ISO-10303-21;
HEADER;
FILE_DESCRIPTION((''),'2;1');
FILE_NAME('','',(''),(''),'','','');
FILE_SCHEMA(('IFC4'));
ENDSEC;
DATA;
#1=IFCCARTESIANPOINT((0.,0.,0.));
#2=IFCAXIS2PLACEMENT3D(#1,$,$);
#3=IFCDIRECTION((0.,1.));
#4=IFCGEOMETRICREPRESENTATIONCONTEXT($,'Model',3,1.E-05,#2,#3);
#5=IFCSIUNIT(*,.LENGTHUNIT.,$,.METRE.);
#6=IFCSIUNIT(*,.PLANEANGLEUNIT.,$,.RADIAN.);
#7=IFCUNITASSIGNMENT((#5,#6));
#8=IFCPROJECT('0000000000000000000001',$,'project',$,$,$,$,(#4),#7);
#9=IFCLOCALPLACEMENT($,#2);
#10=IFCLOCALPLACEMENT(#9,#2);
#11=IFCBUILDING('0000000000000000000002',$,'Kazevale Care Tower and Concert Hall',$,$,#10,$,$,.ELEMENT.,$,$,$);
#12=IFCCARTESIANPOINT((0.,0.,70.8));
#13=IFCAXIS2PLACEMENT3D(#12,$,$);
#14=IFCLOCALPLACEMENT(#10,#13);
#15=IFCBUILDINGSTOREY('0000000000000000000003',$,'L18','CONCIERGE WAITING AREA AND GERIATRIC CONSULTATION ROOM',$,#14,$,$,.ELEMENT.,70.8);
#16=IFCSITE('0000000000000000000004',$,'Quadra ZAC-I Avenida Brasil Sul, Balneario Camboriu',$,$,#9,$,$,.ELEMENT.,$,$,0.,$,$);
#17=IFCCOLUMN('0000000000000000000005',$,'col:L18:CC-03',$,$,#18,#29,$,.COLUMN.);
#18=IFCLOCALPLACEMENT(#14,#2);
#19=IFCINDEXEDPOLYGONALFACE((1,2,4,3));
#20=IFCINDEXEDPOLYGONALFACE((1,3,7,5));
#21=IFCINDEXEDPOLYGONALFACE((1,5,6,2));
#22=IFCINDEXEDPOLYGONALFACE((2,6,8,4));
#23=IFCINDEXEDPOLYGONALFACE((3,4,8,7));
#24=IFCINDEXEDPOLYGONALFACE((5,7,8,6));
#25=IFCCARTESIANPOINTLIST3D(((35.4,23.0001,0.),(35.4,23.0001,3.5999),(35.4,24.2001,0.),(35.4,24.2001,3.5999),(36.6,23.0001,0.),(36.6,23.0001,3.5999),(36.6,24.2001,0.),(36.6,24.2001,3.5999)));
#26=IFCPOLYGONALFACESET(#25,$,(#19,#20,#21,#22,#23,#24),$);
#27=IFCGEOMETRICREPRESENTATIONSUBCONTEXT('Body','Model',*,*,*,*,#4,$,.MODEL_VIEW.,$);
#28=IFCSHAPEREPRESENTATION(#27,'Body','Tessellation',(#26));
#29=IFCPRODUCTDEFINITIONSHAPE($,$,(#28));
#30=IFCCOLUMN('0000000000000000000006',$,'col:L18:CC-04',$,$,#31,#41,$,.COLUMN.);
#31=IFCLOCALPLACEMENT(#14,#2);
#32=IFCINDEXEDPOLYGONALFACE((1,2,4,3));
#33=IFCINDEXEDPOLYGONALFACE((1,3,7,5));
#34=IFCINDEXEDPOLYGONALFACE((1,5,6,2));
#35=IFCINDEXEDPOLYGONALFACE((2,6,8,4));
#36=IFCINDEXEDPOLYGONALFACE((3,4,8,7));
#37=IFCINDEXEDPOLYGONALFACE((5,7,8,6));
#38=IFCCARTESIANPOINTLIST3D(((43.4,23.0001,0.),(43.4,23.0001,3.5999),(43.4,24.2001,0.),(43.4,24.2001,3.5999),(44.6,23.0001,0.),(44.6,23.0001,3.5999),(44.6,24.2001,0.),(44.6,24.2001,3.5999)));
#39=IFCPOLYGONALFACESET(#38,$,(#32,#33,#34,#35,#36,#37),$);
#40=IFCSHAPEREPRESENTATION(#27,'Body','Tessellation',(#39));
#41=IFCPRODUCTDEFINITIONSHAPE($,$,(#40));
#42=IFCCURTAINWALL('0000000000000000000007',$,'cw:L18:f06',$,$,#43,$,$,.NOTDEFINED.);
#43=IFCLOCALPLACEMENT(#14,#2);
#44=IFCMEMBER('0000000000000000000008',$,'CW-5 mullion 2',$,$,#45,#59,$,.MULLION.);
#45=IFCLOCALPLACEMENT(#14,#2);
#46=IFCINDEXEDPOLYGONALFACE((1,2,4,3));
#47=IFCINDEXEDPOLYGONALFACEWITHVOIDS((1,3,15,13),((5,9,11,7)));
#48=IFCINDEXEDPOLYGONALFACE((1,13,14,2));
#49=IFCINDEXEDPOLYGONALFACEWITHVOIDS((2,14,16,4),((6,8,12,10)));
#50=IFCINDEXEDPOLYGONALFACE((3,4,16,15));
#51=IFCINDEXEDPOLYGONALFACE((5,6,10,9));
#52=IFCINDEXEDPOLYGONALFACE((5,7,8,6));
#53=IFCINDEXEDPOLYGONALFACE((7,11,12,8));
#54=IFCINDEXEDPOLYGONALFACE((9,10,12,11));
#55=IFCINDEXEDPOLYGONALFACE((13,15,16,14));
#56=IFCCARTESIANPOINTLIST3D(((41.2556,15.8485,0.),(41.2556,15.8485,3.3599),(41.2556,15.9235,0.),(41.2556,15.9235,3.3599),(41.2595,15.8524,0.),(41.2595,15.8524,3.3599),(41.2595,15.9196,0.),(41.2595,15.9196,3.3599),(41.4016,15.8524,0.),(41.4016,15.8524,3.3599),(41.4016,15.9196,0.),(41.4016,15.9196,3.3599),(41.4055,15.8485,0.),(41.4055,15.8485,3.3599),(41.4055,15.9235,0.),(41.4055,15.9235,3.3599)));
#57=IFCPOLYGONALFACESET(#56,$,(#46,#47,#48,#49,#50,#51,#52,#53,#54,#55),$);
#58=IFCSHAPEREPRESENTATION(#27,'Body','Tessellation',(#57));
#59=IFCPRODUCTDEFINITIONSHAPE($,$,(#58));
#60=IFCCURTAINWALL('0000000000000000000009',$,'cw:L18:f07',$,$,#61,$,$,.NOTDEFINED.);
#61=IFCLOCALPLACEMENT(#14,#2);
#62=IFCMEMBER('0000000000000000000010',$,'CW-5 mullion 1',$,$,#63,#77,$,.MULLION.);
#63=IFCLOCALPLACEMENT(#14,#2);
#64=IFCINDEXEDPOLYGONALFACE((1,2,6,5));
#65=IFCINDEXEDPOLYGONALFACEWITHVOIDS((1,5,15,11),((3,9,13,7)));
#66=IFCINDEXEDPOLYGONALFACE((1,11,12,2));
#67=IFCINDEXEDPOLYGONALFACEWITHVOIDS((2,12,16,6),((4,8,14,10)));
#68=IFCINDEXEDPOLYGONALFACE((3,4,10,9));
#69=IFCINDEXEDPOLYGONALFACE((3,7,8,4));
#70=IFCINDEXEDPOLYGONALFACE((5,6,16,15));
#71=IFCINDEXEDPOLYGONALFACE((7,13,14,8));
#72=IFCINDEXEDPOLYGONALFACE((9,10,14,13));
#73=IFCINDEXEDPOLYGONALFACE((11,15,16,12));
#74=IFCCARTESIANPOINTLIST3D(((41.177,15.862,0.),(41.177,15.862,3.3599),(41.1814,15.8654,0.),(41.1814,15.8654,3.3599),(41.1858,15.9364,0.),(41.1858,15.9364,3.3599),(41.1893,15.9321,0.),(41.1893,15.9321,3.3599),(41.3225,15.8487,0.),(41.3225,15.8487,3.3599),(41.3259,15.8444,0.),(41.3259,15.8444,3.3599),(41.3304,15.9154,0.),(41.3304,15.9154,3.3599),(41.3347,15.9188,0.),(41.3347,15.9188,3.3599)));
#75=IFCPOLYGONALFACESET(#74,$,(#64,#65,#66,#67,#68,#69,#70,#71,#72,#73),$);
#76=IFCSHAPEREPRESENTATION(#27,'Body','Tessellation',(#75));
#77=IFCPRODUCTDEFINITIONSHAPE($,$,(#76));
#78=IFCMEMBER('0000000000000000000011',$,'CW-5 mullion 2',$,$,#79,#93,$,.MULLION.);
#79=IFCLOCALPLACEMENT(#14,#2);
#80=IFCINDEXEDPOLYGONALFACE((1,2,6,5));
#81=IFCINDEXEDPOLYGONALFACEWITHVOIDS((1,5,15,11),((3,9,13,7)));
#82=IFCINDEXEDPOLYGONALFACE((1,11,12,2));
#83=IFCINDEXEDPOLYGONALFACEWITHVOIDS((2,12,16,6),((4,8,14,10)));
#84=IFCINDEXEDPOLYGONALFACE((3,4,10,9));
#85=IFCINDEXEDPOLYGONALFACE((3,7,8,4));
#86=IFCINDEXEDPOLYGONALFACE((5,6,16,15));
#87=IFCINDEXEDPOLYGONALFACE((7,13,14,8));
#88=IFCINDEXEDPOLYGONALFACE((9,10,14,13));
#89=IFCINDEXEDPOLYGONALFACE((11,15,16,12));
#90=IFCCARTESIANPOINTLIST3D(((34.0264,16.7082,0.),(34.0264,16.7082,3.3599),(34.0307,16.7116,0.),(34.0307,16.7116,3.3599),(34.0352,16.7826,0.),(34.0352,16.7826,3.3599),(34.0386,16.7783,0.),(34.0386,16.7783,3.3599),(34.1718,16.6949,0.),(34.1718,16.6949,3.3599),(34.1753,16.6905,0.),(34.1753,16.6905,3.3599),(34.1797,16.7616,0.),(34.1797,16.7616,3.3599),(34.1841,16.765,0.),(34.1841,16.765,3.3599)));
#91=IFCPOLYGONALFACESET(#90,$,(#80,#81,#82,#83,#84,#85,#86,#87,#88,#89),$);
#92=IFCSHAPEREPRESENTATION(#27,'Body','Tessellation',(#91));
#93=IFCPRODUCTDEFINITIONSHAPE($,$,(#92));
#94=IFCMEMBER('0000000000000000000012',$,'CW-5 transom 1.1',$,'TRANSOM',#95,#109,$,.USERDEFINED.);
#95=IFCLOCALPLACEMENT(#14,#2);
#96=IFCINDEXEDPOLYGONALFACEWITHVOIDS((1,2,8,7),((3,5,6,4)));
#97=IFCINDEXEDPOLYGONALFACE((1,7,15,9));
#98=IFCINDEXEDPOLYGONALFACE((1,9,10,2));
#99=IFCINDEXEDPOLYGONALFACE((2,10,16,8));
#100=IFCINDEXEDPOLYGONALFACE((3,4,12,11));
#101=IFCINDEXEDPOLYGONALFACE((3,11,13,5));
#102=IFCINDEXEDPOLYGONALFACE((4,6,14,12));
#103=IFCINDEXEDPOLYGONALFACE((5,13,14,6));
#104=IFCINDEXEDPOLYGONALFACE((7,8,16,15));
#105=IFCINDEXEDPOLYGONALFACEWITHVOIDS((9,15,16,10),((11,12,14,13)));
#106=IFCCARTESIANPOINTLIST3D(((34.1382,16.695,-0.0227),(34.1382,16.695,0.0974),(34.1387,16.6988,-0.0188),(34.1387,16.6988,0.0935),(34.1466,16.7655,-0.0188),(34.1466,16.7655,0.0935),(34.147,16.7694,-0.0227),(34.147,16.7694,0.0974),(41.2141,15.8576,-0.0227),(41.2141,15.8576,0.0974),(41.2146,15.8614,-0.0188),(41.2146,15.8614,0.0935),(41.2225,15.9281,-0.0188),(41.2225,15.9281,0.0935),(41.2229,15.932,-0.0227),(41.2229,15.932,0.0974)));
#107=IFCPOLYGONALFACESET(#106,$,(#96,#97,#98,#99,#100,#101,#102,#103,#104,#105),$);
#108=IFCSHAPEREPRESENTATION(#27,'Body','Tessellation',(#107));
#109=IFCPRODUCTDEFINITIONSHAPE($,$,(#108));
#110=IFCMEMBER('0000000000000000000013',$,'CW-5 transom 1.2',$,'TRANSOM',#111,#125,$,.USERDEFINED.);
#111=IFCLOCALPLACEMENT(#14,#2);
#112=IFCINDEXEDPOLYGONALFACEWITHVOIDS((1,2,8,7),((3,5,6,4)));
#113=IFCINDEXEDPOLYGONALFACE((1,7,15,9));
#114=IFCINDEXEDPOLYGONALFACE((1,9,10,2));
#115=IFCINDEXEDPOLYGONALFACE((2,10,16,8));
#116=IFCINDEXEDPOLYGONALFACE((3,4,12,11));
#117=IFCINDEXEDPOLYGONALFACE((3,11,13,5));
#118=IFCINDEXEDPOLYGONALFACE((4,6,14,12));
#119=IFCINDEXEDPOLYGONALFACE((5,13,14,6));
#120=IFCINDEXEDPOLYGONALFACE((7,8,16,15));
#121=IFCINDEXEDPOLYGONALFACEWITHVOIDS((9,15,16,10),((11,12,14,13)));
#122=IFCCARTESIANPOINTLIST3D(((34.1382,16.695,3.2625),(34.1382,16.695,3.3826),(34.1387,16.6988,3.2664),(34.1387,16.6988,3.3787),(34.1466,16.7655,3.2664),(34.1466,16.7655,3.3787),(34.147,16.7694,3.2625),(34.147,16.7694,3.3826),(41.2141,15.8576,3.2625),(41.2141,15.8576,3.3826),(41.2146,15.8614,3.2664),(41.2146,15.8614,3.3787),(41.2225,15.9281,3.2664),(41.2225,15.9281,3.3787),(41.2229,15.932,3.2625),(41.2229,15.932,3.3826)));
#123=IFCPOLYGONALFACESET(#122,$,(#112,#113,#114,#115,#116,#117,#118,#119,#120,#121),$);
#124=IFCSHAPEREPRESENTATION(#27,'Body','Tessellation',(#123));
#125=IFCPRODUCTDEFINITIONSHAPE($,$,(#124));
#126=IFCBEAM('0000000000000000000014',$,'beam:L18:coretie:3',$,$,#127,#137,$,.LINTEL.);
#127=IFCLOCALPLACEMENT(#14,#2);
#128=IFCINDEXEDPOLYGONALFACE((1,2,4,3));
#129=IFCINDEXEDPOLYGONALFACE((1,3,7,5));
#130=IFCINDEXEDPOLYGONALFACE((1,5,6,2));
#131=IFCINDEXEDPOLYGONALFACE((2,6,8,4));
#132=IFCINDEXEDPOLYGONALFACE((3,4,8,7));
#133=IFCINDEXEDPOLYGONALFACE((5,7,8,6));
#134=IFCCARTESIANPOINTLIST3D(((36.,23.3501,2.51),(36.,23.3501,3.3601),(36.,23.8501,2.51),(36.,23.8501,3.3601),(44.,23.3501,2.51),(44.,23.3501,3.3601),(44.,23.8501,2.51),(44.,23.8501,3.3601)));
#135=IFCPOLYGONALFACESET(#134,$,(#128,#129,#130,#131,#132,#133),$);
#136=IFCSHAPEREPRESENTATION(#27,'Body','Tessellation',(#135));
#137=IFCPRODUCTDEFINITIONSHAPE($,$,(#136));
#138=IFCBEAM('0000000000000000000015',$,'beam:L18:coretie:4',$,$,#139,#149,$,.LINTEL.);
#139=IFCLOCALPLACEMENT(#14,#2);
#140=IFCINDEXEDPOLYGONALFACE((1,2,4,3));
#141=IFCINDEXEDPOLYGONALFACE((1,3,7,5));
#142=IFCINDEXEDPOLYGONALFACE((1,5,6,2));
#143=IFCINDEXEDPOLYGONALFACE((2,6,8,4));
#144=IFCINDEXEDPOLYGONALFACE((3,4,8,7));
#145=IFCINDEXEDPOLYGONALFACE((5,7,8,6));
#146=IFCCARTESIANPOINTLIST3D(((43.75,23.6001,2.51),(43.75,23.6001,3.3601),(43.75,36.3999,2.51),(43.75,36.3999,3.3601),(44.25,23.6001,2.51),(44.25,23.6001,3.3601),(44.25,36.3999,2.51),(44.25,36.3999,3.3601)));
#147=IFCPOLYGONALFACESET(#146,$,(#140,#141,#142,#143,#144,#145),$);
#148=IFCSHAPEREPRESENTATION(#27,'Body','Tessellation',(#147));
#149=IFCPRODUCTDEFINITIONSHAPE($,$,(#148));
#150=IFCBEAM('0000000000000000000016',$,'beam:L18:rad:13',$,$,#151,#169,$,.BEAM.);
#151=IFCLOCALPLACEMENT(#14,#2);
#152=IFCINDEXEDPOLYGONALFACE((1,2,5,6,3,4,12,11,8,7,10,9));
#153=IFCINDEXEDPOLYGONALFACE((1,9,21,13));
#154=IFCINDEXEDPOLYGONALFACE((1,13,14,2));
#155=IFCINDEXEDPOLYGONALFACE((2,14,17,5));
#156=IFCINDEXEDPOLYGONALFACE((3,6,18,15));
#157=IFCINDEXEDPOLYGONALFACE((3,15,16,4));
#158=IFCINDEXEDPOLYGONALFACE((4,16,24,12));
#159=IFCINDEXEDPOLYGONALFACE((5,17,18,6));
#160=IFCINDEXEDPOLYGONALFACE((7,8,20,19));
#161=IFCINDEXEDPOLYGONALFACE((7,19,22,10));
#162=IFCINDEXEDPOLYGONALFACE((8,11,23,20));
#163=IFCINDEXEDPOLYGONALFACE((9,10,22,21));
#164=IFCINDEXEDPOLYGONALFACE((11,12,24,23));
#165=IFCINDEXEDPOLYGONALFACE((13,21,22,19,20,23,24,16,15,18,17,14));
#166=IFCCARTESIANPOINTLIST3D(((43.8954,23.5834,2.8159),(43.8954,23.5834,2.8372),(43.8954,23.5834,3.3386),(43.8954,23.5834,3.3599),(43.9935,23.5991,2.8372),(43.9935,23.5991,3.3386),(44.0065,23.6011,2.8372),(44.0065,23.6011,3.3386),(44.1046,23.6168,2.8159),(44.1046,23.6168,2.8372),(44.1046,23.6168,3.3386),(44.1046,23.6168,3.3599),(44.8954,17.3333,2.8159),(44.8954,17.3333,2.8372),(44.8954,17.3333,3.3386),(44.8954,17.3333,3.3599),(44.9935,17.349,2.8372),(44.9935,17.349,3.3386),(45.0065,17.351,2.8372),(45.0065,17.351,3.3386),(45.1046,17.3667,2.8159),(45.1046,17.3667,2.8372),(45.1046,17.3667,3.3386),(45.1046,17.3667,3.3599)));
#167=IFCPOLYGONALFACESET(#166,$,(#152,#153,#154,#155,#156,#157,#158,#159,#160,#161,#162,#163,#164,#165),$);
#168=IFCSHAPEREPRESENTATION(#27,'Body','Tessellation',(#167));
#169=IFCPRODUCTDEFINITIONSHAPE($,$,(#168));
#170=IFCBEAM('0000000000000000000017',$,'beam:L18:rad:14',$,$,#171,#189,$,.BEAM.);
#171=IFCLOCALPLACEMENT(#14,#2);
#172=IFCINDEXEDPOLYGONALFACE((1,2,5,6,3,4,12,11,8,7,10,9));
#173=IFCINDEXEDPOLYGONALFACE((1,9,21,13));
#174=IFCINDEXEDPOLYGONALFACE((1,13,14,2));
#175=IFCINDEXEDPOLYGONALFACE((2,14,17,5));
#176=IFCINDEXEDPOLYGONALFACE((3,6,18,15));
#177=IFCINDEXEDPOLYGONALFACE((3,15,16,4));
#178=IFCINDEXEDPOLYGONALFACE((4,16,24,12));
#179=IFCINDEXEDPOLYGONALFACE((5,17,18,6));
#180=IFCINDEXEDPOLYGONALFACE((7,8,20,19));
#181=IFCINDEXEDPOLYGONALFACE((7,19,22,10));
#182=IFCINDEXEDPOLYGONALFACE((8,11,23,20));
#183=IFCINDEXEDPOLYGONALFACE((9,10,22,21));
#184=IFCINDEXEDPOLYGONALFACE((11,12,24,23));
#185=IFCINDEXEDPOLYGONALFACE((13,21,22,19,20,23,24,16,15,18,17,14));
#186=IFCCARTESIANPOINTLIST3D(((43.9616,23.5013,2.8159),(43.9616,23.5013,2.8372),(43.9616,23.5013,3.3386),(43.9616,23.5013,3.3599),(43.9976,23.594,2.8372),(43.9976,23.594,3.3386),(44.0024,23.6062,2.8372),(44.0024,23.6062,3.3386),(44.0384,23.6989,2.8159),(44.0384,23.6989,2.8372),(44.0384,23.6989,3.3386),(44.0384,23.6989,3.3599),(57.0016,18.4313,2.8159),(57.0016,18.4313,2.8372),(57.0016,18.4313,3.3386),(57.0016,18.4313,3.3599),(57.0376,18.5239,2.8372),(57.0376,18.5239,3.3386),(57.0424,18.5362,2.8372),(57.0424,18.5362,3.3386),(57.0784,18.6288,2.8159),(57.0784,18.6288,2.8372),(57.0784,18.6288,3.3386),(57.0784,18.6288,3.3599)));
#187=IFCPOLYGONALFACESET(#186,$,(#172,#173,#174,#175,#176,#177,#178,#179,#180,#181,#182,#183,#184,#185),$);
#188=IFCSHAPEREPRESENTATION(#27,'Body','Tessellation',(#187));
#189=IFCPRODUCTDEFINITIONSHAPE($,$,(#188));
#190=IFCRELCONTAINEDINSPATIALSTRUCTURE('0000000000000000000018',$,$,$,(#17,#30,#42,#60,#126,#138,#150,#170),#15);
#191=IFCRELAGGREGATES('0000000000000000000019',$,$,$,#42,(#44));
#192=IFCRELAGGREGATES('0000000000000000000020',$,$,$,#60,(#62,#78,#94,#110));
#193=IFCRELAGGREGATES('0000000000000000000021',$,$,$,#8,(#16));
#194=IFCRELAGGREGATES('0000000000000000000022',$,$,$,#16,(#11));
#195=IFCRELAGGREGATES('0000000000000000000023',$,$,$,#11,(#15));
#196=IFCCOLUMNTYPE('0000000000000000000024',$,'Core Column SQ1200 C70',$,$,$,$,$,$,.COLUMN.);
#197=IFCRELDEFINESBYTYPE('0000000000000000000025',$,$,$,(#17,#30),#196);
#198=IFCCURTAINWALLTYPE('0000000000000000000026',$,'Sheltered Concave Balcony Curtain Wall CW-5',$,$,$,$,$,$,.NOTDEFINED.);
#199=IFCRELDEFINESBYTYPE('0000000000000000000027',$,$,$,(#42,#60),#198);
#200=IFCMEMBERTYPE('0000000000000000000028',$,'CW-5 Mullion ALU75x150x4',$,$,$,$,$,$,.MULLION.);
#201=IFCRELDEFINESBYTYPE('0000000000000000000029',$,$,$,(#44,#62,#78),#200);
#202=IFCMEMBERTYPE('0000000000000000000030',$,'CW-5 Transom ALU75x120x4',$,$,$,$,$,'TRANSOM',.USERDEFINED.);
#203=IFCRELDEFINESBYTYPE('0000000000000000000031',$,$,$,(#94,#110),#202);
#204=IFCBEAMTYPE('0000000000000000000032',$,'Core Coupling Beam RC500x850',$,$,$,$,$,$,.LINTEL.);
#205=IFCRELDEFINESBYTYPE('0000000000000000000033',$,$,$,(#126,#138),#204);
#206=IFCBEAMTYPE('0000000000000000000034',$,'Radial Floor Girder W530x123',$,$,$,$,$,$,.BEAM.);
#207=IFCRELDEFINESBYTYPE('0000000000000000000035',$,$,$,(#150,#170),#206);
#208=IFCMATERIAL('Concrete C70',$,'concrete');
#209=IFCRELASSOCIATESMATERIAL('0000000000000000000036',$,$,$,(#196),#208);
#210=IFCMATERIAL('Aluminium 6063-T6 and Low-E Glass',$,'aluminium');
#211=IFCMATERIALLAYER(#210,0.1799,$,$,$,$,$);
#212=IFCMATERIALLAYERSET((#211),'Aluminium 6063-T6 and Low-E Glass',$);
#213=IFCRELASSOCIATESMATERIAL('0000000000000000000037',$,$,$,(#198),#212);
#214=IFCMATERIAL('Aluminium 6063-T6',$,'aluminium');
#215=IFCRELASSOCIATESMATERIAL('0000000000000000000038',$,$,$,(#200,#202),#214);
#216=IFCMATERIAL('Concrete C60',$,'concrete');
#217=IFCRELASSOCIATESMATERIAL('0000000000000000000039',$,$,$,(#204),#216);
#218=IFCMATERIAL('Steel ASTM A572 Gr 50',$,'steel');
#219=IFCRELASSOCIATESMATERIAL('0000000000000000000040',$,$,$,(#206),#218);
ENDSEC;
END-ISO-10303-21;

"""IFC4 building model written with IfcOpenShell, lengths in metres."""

from ifc_helpers import new_model, si_unit, direction, frame, origin, origin_2d, place, context, subcontext, project, spatial, rectangle, hollow_rectangle, i_section, extrude, material, layer, layer_set, material_profile, profile_set, type_object, element, aggregate, save


model = new_model("IFC4")

# Units and contexts
model_context = context("Model", 3, precision=1e-05, world=origin(), true_north=direction((0.0, 1.0)))
body_context = subcontext(model_context, "Body", "Model", "MODEL_VIEW")
ifc_project = project(units=[si_unit("LENGTHUNIT", "METRE"), si_unit("PLANEANGLEUNIT", "RADIAN")], contexts=[model_context])

# Site, building, storey
site_placement = place(None, origin())
site = spatial("IfcSite", under=ifc_project, at=site_placement, Name="Quadra ZAC-I Avenida Brasil Sul, Balneario Camboriu", CompositionType="ELEMENT", RefElevation=0.0)
building_placement = place(site_placement, origin())
building = spatial("IfcBuilding", under=site, at=building_placement, Name="Kazevale Care Tower and Concert Hall", CompositionType="ELEMENT")
storey_placement = place(building_placement, frame((0.0, 0.0, 70.8)))
storey = spatial("IfcBuildingStorey", under=building, at=storey_placement, Name="L18", Description="CONCIERGE WAITING AREA AND GERIATRIC CONSULTATION ROOM", CompositionType="ELEMENT", Elevation=70.8)

# Columns
ifc_material_1 = material(Name="Concrete C70", Category="concrete")
ifc_material_profile_1 = material_profile(ifc_material_1, rectangle(XDim=1.2, YDim=1.2, at=origin_2d()), Name="RC-SQ1200")
ifc_profile_set_1 = profile_set([ifc_material_profile_1], Name="Concrete C70")
column_type = type_object("IfcColumnType", Name="Core Column SQ1200 C70", PredefinedType="COLUMN", material=ifc_profile_set_1)
for number, where, z_axis, x_axis, name in (
    (1, (36.0, 23.6001, 0.0), (0.0, 0.0, 1.0), (1.0, 0.0, 0.0), "col:L18:CC-03"),
    (2, (44.0, 23.6001, 0.0), (0.0, 0.0, 1.0), (1.0, 0.0, 0.0), "col:L18:CC-04"),
):
    element("IfcColumn", number, at=place(storey_placement, frame(where, z_axis=z_axis, x_axis=x_axis)), inside=storey, type_object=column_type, Name=name, PredefinedType="COLUMN", context=body_context, shape_type="SweptSolid", body=[
        extrude(rectangle(XDim=1.2, YDim=1.2, at=origin_2d()), origin(), (0.0, 0.0, 1.0), 3.5999),
    ])

# Curtain wall, member
ifc_material_2 = material(Name="Aluminium 6063-T6 and Low-E Glass", Category="aluminium")
ifc_layer_1 = layer(ifc_material_2, 0.1799)
ifc_layer_set_1 = layer_set([ifc_layer_1], Name="Aluminium 6063-T6 and Low-E Glass")
curtain_wall_type = type_object("IfcCurtainWallType", Name="Sheltered Concave Balcony Curtain Wall CW-5", PredefinedType="NOTDEFINED", material=ifc_layer_set_1)
curtain_wall_1_placement = place(storey_placement, origin())
curtain_wall_1 = element("IfcCurtainWall", 3, at=curtain_wall_1_placement, inside=storey, type_object=curtain_wall_type, Name="cw:L18:f06", PredefinedType="NOTDEFINED")
ifc_material_3 = material(Name="Aluminium 6063-T6", Category="aluminium")
ifc_material_profile_2 = material_profile(ifc_material_3, hollow_rectangle(XDim=0.075, YDim=0.1499, WallThickness=0.0039, at=origin_2d()), Name="ALU75x150x4")
ifc_profile_set_2 = profile_set([ifc_material_profile_2], Name="Aluminium 6063-T6")
member_type_1 = type_object("IfcMemberType", Name="CW-5 Mullion ALU75x150x4", PredefinedType="MULLION", material=ifc_profile_set_2)
member_1_placement = place(storey_placement, frame((41.3306, 15.886, 0.0), z_axis=(0.0, 0.0, 1.0), x_axis=(0.0, -1.0, 0.0)))
member_1 = element("IfcMember", 4, at=member_1_placement, type_object=member_type_1, Name="CW-5 mullion 2", PredefinedType="MULLION", context=body_context, shape_type="SweptSolid", body=[
    extrude(hollow_rectangle(XDim=0.075, YDim=0.1499, WallThickness=0.0039, at=origin_2d()), origin(), (0.0, 0.0, 1.0), 3.3599),
])

# Curtain wall, members
curtain_wall_2_placement = place(storey_placement, origin())
curtain_wall_2 = element("IfcCurtainWall", 5, at=curtain_wall_2_placement, inside=storey, type_object=curtain_wall_type, Name="cw:L18:f07", PredefinedType="NOTDEFINED")
member_2_placement = place(storey_placement, frame((41.2559, 15.8904, 0.0), z_axis=(0.0, 0.0, 1.0), x_axis=(-0.117519, -0.993071, 0.0)))
member_2 = element("IfcMember", 6, at=member_2_placement, type_object=member_type_1, Name="CW-5 mullion 1", PredefinedType="MULLION", context=body_context, shape_type="SweptSolid", body=[
    extrude(hollow_rectangle(XDim=0.075, YDim=0.1499, WallThickness=0.0039, at=origin_2d()), origin(), (0.0, 0.0, 1.0), 3.3599),
])
member_3_placement = place(storey_placement, frame((34.1052, 16.7366, 0.0), z_axis=(0.0, 0.0, 1.0), x_axis=(-0.117519, -0.993071, 0.0)))
member_3 = element("IfcMember", 7, at=member_3_placement, type_object=member_type_1, Name="CW-5 mullion 2", PredefinedType="MULLION", context=body_context, shape_type="SweptSolid", body=[
    extrude(hollow_rectangle(XDim=0.075, YDim=0.1499, WallThickness=0.0039, at=origin_2d()), origin(), (0.0, 0.0, 1.0), 3.3599),
])
ifc_material_profile_3 = material_profile(ifc_material_3, hollow_rectangle(XDim=0.075, YDim=0.1201, WallThickness=0.0039, at=origin_2d()), Name="ALU75x120x4")
ifc_profile_set_3 = profile_set([ifc_material_profile_3], Name="Aluminium 6063-T6")
member_type_2 = type_object("IfcMemberType", Name="CW-5 Transom ALU75x120x4", ElementType="TRANSOM", PredefinedType="USERDEFINED", material=ifc_profile_set_3)
member_4_placement = place(storey_placement, frame((41.2185, 15.8948, 0.0374), z_axis=(-0.99307, 0.117525, 0.0), x_axis=(-0.117525, -0.99307, 0.0)))
member_4 = element("IfcMember", 8, at=member_4_placement, type_object=member_type_2, Name="CW-5 transom 1.1", ObjectType="TRANSOM", PredefinedType="USERDEFINED", context=body_context, shape_type="SweptSolid", body=[
    extrude(hollow_rectangle(XDim=0.075, YDim=0.1201, WallThickness=0.0039, at=origin_2d()), origin(), (0.0, 0.0, 1.0), 7.1252),
])
member_5_placement = place(storey_placement, frame((41.2185, 15.8948, 3.3225), z_axis=(-0.99307, 0.117525, 0.0), x_axis=(-0.117525, -0.99307, 0.0)))
member_5 = element("IfcMember", 9, at=member_5_placement, type_object=member_type_2, Name="CW-5 transom 1.2", ObjectType="TRANSOM", PredefinedType="USERDEFINED", context=body_context, shape_type="SweptSolid", body=[
    extrude(hollow_rectangle(XDim=0.075, YDim=0.1201, WallThickness=0.0039, at=origin_2d()), origin(), (0.0, 0.0, 1.0), 7.1252),
])

# Beams
ifc_material_4 = material(Name="Concrete C60", Category="concrete")
ifc_material_profile_4 = material_profile(ifc_material_4, rectangle(XDim=0.5, YDim=0.8501, at=origin_2d()), Name="RC-B500x850")
ifc_profile_set_4 = profile_set([ifc_material_profile_4], Name="Concrete C60")
beam_type_1 = type_object("IfcBeamType", Name="Core Coupling Beam RC500x850", PredefinedType="LINTEL", material=ifc_profile_set_4)
beam_1_placement = place(storey_placement, frame((36.0, 23.6001, 2.9351), z_axis=(1.0, 0.0, 0.0), x_axis=(0.0, 1.0, 0.0)))
element("IfcBeam", 10, at=beam_1_placement, inside=storey, type_object=beam_type_1, Name="beam:L18:coretie:3", PredefinedType="LINTEL", context=body_context, shape_type="SweptSolid", body=[
    extrude(rectangle(XDim=0.5, YDim=0.8501, at=origin_2d()), origin(), (0.0, 0.0, 1.0), 8.0),
])
beam_2_placement = place(storey_placement, frame((44.0, 23.6001, 2.9351), z_axis=(0.0, 1.0, 0.0), x_axis=(-1.0, 0.0, 0.0)))
element("IfcBeam", 11, at=beam_2_placement, inside=storey, type_object=beam_type_1, Name="beam:L18:coretie:4", PredefinedType="LINTEL", context=body_context, shape_type="SweptSolid", body=[
    extrude(rectangle(XDim=0.5, YDim=0.8501, at=origin_2d()), origin(), (0.0, 0.0, 1.0), 12.7998),
])
ifc_material_5 = material(Name="Steel ASTM A572 Gr 50", Category="steel")
ifc_material_profile_5 = material_profile(ifc_material_5, i_section(OverallWidth=0.2119, OverallDepth=0.5439, WebThickness=0.0132, FlangeThickness=0.0212, at=origin_2d()), Name="W530x123")
ifc_profile_set_5 = profile_set([ifc_material_profile_5], Name="Steel ASTM A572 Gr 50")
beam_type_2 = type_object("IfcBeamType", Name="Radial Floor Girder W530x123", PredefinedType="BEAM", material=ifc_profile_set_5)
beam_3_placement = place(storey_placement, frame((44.0, 23.6001, 3.0879), z_axis=(0.157991, -0.987441, 0.0), x_axis=(0.987441, 0.157991, 0.0)))
element("IfcBeam", 12, at=beam_3_placement, inside=storey, type_object=beam_type_2, Name="beam:L18:rad:13", PredefinedType="BEAM", context=body_context, shape_type="SweptSolid", body=[
    extrude(i_section(OverallWidth=0.2119, OverallDepth=0.5439, WebThickness=0.0132, FlangeThickness=0.0212, at=origin_2d()), origin(), (0.0, 0.0, 1.0), 6.3296),
])
beam_4_placement = place(storey_placement, frame((44.0, 23.6001, 3.0879), z_axis=(0.93203, -0.362381, 0.0), x_axis=(0.362381, 0.93203, 0.0)))
element("IfcBeam", 13, at=beam_4_placement, inside=storey, type_object=beam_type_2, Name="beam:L18:rad:14", PredefinedType="BEAM", context=body_context, shape_type="SweptSolid", body=[
    extrude(i_section(OverallWidth=0.2119, OverallDepth=0.5439, WebThickness=0.0132, FlangeThickness=0.0212, at=origin_2d()), origin(), (0.0, 0.0, 1.0), 13.991),
])

aggregate(curtain_wall_1, [member_1])
aggregate(curtain_wall_2, [member_2, member_3, member_4, member_5])

save(model, "model.ifc")
